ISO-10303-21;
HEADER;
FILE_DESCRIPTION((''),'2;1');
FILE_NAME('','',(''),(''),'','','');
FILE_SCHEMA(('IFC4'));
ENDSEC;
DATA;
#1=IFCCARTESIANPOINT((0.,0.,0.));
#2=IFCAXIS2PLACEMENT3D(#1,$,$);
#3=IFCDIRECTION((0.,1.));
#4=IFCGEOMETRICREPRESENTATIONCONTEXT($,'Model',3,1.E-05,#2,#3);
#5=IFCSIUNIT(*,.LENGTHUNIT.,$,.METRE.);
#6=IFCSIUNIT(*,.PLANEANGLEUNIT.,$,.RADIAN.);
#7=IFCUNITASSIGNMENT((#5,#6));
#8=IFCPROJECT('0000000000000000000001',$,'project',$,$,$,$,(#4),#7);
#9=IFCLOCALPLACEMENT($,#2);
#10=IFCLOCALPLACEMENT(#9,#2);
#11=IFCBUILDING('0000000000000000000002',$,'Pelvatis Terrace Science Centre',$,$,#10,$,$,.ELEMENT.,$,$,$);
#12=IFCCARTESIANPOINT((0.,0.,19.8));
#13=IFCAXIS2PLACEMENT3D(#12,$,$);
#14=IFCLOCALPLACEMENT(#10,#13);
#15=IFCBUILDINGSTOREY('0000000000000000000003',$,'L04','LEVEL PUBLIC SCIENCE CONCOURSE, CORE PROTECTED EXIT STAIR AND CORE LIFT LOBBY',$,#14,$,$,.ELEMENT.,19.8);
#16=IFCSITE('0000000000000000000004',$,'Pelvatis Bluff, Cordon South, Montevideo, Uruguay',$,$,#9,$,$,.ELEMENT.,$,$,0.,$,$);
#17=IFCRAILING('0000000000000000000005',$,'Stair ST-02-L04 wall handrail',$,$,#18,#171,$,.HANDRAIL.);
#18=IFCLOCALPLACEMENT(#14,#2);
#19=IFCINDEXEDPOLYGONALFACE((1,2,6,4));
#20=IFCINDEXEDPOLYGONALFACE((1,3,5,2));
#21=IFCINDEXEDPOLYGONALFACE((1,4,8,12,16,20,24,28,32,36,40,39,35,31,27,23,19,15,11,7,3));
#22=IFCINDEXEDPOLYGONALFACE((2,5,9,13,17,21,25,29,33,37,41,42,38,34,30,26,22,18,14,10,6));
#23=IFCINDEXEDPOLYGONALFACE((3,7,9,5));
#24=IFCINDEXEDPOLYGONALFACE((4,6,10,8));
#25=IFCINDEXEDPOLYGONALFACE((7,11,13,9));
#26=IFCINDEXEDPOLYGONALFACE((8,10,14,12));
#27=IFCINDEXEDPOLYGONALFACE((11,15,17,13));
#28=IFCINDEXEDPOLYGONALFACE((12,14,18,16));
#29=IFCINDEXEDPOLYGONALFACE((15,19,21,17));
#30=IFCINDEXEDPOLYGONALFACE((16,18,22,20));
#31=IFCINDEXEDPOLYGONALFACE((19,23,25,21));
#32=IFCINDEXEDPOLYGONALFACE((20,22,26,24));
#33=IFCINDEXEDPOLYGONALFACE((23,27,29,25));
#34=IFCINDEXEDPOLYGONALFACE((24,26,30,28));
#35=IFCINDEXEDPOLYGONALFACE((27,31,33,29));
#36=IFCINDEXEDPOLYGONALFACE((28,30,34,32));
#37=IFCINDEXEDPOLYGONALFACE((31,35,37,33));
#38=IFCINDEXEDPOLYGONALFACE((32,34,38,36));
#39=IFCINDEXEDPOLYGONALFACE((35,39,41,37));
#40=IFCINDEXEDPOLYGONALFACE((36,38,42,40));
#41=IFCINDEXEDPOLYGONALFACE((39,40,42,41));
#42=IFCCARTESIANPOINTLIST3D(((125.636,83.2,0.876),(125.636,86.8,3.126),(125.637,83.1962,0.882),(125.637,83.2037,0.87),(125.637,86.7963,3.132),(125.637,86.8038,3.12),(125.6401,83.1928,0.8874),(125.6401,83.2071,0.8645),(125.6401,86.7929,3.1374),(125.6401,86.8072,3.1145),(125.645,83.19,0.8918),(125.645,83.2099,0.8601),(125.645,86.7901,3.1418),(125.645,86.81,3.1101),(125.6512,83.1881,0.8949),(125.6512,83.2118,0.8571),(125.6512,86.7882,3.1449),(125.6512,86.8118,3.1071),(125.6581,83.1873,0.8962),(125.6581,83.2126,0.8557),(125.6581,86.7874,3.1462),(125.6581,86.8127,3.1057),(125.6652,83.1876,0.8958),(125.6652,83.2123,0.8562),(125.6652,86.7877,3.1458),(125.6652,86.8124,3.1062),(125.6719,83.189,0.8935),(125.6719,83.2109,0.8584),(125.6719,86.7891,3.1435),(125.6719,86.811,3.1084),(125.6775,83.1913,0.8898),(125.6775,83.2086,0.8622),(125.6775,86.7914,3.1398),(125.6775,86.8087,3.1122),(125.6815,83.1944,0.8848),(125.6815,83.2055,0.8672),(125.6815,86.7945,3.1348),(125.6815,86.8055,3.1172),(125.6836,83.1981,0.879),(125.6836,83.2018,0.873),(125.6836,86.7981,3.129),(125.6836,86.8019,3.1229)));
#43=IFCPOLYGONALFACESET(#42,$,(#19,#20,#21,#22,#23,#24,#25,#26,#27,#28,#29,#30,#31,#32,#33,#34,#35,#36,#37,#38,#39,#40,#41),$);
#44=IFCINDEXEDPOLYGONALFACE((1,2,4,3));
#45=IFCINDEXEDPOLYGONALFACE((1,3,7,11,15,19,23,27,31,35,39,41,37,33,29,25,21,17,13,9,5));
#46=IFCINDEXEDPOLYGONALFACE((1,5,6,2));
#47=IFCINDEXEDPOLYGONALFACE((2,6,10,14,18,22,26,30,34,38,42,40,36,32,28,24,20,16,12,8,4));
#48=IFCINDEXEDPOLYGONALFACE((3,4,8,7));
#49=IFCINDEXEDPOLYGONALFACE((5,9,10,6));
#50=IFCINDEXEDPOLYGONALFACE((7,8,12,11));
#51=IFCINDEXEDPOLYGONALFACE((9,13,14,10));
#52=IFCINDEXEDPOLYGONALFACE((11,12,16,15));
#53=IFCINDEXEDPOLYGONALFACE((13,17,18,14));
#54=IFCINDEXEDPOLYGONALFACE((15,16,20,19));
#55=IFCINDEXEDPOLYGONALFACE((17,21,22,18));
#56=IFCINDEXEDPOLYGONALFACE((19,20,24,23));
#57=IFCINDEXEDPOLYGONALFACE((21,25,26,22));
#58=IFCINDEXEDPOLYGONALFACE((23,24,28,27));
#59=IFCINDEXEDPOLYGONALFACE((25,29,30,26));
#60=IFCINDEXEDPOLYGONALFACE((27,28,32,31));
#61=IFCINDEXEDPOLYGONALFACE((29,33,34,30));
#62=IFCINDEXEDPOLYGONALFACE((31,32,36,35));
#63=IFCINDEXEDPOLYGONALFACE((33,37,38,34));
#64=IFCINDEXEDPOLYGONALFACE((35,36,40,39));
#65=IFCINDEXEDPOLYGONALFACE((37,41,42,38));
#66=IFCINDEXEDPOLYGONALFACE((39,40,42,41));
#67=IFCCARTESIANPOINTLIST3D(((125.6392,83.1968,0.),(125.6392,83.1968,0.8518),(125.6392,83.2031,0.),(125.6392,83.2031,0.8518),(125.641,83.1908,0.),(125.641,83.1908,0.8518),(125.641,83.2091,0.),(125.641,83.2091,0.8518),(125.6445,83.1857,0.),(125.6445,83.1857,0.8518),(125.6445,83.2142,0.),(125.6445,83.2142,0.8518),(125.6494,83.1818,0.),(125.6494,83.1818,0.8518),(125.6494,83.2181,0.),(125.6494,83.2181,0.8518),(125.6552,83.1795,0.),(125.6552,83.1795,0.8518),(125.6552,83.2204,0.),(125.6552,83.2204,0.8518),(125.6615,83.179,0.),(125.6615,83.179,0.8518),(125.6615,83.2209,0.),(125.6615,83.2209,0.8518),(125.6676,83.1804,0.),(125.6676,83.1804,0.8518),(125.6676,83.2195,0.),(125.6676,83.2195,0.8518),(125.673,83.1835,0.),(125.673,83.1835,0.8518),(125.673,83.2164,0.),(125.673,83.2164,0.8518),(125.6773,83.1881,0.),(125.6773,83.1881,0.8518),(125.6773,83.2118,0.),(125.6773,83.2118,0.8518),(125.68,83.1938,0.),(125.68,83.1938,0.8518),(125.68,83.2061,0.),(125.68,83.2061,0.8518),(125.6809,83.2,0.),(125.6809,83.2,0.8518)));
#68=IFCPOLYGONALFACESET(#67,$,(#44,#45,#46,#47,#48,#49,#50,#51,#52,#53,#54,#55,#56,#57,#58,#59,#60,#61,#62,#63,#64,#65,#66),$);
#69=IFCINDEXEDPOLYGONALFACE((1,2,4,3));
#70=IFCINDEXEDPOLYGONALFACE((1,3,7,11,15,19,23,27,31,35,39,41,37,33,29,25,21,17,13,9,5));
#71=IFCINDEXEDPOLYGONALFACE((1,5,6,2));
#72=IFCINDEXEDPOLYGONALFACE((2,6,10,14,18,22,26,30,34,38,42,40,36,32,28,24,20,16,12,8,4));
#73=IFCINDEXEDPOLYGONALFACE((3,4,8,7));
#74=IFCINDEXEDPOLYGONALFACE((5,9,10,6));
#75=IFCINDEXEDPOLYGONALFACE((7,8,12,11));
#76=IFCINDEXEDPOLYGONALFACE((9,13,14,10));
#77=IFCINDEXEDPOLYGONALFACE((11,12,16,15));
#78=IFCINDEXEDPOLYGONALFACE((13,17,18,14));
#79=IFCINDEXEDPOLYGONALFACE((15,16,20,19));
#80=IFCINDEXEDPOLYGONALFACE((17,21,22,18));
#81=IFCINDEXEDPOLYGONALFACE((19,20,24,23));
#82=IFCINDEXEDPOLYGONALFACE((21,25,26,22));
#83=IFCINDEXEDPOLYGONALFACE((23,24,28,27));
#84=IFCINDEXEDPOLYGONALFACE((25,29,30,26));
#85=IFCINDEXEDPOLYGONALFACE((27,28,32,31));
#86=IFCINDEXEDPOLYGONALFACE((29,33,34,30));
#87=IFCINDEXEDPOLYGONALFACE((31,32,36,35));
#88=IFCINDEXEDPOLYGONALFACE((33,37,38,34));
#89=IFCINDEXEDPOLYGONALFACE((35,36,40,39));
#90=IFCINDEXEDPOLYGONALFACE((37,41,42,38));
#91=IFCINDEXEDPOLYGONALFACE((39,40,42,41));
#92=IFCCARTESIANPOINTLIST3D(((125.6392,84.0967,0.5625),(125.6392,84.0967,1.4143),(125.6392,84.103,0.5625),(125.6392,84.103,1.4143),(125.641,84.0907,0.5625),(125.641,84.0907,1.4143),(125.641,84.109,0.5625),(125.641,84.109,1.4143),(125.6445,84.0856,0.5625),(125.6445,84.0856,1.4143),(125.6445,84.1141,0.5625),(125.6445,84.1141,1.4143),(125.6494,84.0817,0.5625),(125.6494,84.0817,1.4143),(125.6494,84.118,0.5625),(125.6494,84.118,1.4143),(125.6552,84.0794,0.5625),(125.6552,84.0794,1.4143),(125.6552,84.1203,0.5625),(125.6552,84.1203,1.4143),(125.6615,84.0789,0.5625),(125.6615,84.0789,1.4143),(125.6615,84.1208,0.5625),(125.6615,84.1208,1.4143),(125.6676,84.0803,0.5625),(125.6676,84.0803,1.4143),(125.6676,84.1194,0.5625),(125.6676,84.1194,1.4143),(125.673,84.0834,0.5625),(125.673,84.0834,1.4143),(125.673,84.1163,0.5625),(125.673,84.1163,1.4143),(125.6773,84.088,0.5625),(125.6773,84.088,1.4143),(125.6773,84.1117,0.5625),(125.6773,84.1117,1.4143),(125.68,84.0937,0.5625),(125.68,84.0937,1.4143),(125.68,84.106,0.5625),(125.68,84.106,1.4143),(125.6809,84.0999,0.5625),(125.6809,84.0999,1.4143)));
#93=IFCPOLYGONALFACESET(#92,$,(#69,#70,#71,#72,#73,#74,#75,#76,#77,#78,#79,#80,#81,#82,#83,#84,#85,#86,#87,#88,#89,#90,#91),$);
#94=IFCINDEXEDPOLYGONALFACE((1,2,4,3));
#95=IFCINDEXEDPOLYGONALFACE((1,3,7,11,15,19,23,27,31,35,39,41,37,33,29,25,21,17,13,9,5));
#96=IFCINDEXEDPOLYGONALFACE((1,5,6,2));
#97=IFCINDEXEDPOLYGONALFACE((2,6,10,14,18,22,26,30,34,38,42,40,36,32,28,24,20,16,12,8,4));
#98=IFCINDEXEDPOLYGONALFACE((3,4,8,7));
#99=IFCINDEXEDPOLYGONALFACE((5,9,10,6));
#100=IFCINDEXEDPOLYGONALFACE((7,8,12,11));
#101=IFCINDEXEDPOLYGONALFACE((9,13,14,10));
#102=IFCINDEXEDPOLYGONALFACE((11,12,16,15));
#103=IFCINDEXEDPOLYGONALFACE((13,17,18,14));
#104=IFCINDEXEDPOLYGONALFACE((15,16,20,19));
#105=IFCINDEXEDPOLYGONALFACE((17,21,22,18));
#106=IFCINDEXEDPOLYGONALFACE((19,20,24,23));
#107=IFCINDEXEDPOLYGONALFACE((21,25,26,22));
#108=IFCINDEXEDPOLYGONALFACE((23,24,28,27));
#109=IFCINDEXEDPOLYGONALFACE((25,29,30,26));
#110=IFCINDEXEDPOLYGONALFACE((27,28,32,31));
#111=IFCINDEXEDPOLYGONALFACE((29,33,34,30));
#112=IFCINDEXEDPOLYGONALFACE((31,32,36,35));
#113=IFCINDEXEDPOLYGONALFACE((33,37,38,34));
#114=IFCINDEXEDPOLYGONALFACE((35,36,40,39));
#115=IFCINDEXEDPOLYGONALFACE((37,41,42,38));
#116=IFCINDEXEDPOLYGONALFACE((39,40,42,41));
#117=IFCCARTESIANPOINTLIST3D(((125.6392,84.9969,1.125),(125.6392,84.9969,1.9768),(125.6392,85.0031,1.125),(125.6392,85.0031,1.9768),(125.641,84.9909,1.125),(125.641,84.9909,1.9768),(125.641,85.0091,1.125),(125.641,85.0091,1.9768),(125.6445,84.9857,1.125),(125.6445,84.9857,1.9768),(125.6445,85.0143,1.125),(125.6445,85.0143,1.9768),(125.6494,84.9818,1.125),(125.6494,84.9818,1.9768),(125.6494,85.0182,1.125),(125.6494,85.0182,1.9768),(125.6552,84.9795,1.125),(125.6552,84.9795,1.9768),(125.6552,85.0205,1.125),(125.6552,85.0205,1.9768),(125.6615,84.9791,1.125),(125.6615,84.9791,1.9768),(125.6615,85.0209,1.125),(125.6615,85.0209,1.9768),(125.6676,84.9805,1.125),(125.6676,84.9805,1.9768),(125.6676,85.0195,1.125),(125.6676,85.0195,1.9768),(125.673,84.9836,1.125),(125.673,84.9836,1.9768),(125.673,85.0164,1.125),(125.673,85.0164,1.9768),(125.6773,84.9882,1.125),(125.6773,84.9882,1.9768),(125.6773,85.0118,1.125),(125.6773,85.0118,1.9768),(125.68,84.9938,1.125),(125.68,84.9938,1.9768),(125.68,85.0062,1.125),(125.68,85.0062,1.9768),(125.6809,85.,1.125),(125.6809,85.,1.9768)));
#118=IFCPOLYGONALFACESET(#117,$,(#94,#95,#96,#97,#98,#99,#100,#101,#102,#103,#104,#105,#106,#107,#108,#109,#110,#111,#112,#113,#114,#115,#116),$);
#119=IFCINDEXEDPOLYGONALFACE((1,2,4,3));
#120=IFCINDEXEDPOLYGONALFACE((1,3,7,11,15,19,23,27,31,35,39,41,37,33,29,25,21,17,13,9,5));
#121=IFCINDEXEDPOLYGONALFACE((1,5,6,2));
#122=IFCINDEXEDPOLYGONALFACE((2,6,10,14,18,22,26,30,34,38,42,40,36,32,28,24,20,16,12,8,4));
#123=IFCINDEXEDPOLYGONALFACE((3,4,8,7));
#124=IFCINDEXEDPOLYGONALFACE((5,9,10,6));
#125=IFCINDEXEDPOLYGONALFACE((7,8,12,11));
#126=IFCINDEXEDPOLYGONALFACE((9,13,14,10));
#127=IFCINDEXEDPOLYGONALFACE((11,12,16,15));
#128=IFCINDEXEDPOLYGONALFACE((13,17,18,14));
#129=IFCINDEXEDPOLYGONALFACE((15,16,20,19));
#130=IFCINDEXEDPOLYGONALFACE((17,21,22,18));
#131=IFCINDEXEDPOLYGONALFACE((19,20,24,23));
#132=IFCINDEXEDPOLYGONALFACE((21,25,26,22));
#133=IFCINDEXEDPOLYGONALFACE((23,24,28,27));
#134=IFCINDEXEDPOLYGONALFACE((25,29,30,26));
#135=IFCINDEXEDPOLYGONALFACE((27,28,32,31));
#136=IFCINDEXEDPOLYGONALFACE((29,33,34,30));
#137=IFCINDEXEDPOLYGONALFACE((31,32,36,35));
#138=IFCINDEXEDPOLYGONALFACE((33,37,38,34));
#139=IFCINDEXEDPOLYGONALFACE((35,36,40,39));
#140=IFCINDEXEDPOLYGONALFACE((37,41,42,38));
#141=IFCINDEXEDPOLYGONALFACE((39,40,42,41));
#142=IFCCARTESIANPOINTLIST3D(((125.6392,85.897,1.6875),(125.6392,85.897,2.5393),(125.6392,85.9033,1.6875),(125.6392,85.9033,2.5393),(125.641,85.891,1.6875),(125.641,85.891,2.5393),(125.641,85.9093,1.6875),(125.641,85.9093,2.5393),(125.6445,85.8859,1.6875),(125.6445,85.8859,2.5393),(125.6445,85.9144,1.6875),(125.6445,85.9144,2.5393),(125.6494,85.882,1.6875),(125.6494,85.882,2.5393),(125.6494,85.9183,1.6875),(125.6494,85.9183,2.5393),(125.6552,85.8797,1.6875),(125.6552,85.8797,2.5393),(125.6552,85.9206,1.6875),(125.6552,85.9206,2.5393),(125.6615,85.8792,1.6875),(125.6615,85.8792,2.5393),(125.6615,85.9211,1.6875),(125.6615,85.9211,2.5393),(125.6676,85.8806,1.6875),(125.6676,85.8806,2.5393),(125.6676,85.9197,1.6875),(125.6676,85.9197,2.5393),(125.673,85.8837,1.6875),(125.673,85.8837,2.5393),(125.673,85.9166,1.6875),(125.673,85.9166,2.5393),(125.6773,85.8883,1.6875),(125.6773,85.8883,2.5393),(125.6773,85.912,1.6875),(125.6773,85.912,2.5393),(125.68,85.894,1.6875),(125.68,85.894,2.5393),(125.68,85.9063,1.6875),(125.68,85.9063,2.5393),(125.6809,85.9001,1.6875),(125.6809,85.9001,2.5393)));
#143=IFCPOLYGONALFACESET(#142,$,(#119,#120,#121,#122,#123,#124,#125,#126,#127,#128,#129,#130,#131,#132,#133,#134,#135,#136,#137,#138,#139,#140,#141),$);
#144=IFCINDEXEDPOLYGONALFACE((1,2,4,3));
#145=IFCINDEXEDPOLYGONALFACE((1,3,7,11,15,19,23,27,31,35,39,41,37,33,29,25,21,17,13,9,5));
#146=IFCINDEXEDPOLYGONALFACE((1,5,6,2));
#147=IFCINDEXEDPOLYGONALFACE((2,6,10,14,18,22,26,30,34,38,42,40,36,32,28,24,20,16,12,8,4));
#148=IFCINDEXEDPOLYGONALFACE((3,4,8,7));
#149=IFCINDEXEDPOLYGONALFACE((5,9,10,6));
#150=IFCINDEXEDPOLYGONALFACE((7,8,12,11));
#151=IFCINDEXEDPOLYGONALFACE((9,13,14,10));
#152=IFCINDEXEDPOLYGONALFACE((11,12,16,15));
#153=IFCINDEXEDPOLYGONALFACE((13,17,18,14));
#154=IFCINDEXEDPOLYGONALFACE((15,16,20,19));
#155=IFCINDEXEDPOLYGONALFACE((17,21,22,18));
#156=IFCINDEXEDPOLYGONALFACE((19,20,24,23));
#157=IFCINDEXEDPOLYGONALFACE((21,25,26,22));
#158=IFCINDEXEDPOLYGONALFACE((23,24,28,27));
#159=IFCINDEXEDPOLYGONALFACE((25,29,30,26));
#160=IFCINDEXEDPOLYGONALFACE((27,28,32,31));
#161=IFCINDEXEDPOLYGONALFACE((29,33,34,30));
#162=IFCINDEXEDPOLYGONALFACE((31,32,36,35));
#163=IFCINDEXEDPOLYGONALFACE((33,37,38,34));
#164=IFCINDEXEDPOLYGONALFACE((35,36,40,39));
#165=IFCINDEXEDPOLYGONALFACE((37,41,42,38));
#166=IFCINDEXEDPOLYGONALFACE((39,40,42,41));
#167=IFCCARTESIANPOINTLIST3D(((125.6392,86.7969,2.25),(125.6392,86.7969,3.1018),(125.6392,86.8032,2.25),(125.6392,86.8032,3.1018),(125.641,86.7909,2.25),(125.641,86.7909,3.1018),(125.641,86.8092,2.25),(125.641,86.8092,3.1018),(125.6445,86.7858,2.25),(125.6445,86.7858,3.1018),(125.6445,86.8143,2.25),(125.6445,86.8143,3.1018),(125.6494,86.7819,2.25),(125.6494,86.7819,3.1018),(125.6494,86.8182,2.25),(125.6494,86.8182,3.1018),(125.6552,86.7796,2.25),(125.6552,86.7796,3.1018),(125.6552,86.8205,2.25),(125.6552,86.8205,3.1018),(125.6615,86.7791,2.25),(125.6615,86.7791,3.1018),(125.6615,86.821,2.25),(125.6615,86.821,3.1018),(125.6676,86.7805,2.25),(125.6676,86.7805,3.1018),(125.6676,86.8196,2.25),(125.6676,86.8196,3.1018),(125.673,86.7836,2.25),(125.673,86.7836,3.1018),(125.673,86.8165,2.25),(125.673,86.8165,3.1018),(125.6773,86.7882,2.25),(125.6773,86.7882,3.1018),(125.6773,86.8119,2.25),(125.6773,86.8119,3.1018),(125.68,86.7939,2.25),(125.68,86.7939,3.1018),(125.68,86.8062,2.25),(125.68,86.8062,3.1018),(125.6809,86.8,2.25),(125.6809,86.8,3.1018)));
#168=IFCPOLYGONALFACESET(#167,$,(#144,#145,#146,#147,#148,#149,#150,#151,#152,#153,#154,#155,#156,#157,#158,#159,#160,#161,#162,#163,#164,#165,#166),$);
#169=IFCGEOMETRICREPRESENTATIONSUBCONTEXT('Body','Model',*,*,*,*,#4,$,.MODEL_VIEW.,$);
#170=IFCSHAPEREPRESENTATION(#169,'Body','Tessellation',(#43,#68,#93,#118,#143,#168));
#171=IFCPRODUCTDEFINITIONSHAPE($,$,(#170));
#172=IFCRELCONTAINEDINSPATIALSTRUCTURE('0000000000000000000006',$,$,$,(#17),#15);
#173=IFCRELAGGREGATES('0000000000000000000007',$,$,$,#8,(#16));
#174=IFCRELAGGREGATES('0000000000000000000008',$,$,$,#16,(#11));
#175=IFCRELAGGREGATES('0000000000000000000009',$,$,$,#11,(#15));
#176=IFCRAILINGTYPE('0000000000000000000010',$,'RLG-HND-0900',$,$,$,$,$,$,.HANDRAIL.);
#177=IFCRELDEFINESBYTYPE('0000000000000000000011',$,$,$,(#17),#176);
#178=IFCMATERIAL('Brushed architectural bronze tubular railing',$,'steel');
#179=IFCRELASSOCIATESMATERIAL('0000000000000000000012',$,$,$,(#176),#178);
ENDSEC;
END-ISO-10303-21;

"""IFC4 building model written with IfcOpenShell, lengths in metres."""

from ifc_helpers import new_model, si_unit, direction, frame, origin, origin_2d, place, context, subcontext, project, spatial, circle, extrude, material, type_object, element, save


model = new_model("IFC4")

# Units and contexts
model_context = context("Model", 3, precision=1e-05, world=origin(), true_north=direction((0.0, 1.0)))
body_context = subcontext(model_context, "Body", "Model", "MODEL_VIEW")
ifc_project = project(units=[si_unit("LENGTHUNIT", "METRE"), si_unit("PLANEANGLEUNIT", "RADIAN")], contexts=[model_context])

# Site, building, storey
site_placement = place(None, origin())
site = spatial("IfcSite", under=ifc_project, at=site_placement, Name="Pelvatis Bluff, Cordon South, Montevideo, Uruguay", CompositionType="ELEMENT", RefElevation=0.0)
building_placement = place(site_placement, origin())
building = spatial("IfcBuilding", under=site, at=building_placement, Name="Pelvatis Terrace Science Centre", CompositionType="ELEMENT")
storey_placement = place(building_placement, frame((0.0, 0.0, 19.8)))
storey = spatial("IfcBuildingStorey", under=building, at=storey_placement, Name="L04", Description="LEVEL PUBLIC SCIENCE CONCOURSE, CORE PROTECTED EXIT STAIR AND CORE LIFT LOBBY", CompositionType="ELEMENT", Elevation=19.8)

# Railing
ifc_material_1 = material(Name="Brushed architectural bronze tubular railing", Category="steel")
railing_type_1 = type_object("IfcRailingType", Name="RLG-HND-0900", PredefinedType="HANDRAIL", material=ifc_material_1)
railing_1_placement = place(storey_placement, frame((125.6599, 83.2, 0.0)))
element("IfcRailing", 1, at=railing_1_placement, inside=storey, type_object=railing_type_1, Name="Stair ST-02-L04 wall handrail", PredefinedType="HANDRAIL", context=body_context, shape_type="SweptSolid", body=[
    extrude(circle(Radius=0.0239, at=origin_2d()), frame((0.0, 0.0, 0.876), z_axis=(0.0, 0.848005, 0.529989), x_axis=(-1.0, 0.0, 0.0)), (0.0, 0.0, 1.0), 4.2454),
    extrude(circle(Radius=0.021, at=origin_2d()), origin(), (0.0, 0.0, 1.0), 0.8518),
    extrude(circle(Radius=0.021, at=origin_2d()), frame((0.0, 0.8999, 0.5625)), (0.0, 0.0, 1.0), 0.8518),
    extrude(circle(Radius=0.021, at=origin_2d()), frame((0.0, 1.8, 1.125)), (0.0, 0.0, 1.0), 0.8518),
    extrude(circle(Radius=0.021, at=origin_2d()), frame((0.0, 2.7002, 1.6875)), (0.0, 0.0, 1.0), 0.8518),
    extrude(circle(Radius=0.021, at=origin_2d()), frame((0.0, 3.6001, 2.25)), (0.0, 0.0, 1.0), 0.8518),
])

save(model, "model.ifc")
